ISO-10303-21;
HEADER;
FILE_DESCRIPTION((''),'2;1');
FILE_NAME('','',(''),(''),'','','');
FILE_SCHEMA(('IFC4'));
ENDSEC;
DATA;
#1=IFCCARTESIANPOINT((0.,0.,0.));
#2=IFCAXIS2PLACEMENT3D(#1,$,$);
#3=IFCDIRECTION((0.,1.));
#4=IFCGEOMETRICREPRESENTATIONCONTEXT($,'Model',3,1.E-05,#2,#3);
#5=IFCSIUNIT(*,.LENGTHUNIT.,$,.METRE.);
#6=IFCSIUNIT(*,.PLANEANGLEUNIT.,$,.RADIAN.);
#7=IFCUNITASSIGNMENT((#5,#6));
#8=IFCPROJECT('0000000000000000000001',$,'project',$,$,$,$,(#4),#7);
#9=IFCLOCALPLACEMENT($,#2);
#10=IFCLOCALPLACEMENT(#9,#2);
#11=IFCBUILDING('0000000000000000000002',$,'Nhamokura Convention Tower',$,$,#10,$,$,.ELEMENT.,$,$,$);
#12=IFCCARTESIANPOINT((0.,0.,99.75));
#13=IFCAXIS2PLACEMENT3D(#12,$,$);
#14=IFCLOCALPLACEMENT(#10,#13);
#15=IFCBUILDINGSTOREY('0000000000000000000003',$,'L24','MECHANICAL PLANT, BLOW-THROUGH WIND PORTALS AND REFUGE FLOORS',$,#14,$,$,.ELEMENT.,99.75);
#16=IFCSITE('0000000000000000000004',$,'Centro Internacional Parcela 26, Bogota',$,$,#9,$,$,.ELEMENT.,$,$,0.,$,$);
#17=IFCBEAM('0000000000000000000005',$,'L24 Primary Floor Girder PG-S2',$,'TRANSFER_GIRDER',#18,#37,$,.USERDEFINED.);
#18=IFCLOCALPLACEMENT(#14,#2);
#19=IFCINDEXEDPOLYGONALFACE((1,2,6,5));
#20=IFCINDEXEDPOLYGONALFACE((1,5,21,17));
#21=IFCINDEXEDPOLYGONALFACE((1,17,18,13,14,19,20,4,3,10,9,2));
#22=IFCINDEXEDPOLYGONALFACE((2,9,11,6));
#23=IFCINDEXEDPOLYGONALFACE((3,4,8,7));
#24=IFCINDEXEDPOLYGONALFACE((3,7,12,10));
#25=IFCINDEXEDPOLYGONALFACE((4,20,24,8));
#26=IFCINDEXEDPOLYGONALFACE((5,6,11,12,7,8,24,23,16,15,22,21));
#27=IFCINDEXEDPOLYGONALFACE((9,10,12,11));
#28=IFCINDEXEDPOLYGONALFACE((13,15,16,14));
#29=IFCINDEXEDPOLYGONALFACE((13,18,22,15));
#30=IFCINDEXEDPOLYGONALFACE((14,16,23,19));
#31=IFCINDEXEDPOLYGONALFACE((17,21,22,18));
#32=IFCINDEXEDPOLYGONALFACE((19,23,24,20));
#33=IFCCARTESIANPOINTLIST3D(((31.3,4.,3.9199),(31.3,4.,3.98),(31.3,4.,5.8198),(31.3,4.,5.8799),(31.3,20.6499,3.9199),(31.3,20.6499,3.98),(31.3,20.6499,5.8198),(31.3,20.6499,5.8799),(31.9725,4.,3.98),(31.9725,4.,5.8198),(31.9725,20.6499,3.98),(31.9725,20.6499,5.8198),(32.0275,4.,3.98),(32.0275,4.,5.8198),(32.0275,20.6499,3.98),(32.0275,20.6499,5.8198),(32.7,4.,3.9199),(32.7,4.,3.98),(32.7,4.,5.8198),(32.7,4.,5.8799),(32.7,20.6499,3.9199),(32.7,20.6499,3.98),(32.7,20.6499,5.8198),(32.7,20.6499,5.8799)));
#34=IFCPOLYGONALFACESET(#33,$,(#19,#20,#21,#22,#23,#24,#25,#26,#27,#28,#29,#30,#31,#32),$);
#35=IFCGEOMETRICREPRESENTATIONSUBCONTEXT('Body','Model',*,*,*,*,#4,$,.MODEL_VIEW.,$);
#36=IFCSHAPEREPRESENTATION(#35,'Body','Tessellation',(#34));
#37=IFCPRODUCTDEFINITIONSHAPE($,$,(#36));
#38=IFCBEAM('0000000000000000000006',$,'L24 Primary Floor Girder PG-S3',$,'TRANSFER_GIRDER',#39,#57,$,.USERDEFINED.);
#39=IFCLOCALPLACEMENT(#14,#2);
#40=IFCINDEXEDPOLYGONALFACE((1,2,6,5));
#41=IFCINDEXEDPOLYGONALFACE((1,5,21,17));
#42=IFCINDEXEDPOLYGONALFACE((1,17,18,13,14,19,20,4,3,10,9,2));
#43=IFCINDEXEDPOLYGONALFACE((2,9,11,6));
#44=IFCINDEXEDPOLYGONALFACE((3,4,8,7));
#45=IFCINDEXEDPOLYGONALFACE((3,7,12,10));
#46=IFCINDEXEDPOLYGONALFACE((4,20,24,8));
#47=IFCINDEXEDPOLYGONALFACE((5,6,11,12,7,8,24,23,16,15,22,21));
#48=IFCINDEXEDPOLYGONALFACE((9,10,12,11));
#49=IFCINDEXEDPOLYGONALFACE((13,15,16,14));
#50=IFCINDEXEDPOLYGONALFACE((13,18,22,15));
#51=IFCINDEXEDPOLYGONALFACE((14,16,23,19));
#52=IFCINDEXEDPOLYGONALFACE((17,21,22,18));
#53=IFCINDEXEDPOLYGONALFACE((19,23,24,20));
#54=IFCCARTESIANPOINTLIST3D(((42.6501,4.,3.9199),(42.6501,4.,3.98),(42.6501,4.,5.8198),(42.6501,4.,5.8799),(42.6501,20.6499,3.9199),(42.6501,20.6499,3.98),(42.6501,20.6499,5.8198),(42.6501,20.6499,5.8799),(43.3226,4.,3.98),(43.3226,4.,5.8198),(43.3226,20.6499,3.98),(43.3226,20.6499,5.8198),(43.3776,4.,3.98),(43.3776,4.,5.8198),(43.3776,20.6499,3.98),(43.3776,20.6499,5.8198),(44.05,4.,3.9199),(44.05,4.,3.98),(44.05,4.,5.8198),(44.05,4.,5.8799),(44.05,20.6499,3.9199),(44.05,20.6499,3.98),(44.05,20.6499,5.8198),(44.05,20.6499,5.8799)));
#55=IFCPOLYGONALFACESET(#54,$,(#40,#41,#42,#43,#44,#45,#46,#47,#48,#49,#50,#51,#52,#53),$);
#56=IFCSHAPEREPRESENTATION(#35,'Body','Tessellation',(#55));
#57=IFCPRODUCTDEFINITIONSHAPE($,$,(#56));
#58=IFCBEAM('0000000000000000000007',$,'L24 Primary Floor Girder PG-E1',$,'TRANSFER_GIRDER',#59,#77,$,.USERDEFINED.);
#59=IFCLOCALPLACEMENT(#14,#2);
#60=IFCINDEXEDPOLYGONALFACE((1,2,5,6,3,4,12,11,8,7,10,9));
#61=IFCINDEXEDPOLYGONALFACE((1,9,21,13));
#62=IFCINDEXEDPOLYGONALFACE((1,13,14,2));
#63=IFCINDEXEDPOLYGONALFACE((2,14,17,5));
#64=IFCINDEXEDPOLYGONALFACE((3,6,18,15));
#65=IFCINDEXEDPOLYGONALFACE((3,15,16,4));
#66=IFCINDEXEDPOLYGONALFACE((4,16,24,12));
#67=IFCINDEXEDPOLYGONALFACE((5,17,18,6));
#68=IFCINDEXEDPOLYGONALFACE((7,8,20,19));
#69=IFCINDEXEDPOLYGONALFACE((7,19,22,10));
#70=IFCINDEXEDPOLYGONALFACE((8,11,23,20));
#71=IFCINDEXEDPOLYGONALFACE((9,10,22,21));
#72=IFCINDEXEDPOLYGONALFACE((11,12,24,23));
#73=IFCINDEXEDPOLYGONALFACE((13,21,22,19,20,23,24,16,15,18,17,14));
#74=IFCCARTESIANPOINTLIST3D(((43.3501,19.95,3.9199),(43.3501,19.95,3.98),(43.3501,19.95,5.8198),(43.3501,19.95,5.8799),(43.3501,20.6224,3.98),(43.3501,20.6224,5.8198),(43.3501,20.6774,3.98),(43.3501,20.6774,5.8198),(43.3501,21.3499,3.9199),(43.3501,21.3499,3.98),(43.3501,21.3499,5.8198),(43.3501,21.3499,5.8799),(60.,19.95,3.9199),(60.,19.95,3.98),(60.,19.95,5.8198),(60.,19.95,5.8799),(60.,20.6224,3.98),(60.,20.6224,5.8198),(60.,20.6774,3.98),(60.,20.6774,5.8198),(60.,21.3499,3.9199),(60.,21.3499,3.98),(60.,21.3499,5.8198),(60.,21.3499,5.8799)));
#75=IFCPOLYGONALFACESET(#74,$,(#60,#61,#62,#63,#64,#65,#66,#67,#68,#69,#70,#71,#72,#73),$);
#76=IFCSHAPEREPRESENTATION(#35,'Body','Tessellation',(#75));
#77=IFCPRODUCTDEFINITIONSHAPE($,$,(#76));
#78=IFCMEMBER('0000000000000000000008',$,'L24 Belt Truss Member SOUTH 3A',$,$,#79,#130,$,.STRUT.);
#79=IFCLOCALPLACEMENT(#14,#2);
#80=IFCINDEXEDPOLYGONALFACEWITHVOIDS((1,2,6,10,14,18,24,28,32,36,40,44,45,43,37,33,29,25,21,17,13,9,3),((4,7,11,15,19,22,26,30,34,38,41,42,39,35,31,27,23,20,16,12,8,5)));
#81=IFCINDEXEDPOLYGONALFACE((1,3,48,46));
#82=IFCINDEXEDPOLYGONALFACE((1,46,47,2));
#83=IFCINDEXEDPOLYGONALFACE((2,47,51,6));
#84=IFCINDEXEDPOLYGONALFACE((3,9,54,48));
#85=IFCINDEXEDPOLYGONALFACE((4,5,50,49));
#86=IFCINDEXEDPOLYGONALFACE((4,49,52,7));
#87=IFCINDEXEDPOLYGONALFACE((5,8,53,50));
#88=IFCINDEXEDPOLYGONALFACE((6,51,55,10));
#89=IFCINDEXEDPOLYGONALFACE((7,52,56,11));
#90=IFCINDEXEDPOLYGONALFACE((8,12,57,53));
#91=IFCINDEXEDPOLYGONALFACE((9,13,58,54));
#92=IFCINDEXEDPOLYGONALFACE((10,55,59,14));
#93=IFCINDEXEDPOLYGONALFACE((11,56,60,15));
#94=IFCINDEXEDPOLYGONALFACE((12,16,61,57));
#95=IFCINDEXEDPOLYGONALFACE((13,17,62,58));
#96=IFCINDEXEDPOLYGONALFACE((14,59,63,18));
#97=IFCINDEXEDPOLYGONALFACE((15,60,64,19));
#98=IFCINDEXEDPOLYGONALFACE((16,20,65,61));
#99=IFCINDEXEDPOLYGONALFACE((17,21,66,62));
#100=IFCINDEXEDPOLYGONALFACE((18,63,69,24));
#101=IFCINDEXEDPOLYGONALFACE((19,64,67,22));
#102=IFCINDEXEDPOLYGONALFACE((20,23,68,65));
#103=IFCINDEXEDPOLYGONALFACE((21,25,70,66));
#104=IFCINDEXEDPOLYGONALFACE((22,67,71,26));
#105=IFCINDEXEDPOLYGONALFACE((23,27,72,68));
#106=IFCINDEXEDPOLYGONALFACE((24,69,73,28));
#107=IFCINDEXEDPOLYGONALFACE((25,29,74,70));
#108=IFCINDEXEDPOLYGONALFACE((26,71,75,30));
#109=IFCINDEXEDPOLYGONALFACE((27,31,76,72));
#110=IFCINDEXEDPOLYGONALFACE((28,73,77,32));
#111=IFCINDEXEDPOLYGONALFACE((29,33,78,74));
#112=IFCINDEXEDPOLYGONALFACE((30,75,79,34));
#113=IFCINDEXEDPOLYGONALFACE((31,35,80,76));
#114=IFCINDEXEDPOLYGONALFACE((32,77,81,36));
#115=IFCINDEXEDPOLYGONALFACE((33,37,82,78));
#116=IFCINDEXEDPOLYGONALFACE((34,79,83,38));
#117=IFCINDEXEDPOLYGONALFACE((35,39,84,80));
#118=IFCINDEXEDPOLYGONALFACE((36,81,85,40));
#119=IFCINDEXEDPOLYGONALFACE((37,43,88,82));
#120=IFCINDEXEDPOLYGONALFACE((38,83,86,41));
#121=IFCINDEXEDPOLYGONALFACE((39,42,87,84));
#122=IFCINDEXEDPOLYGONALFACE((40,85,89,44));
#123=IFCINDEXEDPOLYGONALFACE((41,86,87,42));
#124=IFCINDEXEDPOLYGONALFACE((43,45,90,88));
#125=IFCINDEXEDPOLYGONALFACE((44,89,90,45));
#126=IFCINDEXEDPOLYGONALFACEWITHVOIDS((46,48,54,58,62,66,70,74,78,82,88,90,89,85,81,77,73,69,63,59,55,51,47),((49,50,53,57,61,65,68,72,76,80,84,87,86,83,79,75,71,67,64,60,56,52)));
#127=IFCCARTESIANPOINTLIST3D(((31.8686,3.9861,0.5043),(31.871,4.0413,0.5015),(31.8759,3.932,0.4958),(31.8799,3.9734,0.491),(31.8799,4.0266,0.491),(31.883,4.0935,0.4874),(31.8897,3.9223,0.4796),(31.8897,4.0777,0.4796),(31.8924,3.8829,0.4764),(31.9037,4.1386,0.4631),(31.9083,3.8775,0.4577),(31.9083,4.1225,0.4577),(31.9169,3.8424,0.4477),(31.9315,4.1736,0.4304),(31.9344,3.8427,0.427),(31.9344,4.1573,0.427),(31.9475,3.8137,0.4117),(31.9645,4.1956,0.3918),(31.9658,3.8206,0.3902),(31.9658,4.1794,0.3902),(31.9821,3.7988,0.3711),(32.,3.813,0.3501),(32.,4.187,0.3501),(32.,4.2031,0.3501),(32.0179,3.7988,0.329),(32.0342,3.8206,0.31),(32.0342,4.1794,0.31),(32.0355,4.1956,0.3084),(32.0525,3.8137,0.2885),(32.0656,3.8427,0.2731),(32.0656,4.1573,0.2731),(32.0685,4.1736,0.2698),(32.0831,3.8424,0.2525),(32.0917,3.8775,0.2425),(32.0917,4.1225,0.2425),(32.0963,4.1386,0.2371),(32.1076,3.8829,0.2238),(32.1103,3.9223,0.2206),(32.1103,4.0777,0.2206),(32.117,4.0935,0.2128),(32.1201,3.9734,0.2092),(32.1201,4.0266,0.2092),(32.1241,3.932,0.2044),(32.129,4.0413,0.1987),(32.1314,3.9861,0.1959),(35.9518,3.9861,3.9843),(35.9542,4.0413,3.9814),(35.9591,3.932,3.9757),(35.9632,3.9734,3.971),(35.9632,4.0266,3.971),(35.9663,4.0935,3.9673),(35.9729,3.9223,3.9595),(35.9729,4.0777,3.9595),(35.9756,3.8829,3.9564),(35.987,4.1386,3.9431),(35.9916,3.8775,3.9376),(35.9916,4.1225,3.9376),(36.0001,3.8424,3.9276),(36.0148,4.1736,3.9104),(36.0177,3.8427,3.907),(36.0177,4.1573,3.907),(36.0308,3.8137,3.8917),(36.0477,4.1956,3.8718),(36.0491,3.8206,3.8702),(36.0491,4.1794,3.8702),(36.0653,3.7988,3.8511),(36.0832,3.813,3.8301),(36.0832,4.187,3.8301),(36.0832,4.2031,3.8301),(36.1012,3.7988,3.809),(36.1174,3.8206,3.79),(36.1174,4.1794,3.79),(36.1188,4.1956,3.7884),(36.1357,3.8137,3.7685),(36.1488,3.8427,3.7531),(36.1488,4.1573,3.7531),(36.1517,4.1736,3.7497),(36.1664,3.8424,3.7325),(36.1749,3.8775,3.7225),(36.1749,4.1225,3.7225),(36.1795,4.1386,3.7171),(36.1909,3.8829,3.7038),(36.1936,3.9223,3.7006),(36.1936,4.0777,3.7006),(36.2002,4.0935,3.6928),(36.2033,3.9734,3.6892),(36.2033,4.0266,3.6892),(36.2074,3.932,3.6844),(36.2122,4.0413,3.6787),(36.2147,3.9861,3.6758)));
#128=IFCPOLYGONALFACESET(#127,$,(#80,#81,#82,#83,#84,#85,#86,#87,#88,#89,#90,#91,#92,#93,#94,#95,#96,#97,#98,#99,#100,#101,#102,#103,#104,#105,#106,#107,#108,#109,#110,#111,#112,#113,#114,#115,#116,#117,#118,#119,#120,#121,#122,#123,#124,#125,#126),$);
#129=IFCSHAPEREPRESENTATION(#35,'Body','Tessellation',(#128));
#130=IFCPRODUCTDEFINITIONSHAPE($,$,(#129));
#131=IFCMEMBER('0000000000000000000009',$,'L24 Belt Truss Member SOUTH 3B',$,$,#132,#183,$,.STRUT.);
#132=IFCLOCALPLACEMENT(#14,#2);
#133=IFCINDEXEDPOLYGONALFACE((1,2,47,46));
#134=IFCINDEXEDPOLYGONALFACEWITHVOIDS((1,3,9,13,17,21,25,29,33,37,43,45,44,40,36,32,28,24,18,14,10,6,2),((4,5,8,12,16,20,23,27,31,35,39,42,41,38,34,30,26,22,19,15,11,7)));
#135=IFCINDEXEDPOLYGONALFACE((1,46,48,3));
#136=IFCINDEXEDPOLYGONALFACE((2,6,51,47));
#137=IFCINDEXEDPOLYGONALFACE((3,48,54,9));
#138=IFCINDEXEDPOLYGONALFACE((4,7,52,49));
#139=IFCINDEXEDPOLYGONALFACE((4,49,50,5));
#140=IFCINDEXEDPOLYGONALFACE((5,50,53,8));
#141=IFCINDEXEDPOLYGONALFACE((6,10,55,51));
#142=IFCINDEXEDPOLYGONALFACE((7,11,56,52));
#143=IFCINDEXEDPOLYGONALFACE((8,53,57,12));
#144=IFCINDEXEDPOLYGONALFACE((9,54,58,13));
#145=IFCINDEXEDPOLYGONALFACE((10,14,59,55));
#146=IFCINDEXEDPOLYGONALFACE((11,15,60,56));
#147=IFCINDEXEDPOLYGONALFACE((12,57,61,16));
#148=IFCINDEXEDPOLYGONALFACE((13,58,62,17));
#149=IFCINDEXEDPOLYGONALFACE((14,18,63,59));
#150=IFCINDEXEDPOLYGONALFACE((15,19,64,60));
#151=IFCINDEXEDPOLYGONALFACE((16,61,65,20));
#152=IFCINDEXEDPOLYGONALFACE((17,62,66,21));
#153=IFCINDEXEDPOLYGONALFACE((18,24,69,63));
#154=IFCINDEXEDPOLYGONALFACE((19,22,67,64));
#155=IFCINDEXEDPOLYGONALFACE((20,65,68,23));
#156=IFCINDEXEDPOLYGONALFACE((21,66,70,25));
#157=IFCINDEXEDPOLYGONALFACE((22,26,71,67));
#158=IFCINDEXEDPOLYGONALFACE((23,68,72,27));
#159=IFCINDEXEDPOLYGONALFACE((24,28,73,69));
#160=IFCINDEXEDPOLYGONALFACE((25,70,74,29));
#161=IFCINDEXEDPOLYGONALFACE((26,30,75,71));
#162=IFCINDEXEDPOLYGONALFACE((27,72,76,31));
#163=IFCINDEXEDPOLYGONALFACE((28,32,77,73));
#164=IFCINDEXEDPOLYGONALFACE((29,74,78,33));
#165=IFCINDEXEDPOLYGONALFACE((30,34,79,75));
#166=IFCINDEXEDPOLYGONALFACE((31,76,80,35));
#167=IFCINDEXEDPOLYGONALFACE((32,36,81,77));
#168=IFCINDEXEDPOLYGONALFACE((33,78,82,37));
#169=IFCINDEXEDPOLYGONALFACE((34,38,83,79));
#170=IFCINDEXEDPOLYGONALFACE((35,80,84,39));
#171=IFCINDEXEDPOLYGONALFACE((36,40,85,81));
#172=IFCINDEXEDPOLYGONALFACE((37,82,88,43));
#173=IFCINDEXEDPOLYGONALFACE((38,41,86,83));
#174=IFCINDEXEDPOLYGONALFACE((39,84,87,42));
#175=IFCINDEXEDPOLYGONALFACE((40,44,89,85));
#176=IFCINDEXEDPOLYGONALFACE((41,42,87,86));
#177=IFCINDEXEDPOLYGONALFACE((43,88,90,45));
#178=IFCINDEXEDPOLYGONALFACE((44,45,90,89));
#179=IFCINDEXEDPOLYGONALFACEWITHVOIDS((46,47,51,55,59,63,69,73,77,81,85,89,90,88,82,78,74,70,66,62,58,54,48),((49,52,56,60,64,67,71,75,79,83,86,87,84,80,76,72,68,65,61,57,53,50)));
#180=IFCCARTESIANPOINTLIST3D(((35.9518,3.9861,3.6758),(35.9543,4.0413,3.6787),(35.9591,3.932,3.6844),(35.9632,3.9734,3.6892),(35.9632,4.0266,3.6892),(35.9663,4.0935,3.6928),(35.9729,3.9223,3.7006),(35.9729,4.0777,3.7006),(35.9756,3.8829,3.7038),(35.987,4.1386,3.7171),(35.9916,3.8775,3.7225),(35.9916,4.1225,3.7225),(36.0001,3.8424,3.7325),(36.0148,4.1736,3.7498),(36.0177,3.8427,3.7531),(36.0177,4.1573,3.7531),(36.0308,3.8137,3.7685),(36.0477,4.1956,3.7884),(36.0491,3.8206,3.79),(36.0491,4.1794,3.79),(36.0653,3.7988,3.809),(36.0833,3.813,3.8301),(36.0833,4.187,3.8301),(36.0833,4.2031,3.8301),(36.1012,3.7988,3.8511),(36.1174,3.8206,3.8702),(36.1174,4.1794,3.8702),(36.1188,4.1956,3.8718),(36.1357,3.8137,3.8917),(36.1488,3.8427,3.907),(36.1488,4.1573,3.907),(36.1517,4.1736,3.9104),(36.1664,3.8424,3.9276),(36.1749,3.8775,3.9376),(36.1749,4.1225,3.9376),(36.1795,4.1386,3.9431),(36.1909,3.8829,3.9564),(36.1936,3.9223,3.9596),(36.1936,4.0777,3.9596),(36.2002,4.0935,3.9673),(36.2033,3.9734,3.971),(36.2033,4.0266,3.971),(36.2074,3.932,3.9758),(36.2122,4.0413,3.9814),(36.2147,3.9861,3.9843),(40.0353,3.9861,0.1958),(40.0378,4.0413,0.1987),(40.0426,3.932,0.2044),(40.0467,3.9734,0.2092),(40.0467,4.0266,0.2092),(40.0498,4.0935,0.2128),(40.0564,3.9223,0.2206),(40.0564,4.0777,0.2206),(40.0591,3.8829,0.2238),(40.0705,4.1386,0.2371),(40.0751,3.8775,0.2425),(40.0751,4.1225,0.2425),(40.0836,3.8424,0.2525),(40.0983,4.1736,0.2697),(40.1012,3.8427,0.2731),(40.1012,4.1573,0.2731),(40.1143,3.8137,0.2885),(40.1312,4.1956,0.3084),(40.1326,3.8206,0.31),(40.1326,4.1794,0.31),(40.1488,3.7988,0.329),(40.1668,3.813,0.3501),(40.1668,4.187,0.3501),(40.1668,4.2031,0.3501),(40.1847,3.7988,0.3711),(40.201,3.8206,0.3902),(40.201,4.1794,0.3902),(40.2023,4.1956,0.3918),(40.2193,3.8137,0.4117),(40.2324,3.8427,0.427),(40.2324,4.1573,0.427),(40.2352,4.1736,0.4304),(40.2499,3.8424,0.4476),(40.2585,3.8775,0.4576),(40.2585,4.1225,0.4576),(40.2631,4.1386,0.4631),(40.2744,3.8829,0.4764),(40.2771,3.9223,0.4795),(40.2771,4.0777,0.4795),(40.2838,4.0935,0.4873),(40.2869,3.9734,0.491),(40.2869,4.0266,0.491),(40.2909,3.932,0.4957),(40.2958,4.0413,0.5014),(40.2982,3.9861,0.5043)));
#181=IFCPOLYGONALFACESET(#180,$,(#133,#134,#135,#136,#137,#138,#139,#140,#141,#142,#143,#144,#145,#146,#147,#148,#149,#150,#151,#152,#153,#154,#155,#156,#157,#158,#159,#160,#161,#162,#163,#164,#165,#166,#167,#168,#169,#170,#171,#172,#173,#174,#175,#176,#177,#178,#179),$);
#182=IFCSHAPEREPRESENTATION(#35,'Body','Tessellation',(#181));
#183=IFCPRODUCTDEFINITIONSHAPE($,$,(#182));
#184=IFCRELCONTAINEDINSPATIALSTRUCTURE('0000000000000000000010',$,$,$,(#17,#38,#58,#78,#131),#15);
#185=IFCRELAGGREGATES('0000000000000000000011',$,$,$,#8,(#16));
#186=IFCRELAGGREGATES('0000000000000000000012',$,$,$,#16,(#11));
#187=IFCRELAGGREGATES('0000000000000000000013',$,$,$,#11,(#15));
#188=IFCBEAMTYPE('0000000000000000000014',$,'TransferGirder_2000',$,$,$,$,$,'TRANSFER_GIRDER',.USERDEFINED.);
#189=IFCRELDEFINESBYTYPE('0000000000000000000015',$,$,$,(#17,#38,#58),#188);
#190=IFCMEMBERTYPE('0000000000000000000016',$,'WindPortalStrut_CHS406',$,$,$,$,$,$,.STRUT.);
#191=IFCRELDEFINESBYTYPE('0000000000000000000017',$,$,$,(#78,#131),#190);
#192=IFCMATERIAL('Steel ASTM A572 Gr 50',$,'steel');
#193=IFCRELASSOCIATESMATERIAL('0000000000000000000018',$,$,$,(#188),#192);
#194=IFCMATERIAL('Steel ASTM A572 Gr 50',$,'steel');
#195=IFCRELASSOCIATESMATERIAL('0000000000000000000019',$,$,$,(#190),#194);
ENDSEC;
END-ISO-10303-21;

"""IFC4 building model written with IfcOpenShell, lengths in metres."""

from ifc_helpers import new_model, si_unit, direction, frame, origin, origin_2d, place, context, subcontext, project, spatial, hollow_circle, i_section, extrude, material, material_profile, profile_set, type_object, element, save


model = new_model("IFC4")

# Units and contexts
model_context = context("Model", 3, precision=1e-05, world=origin(), true_north=direction((0.0, 1.0)))
body_context = subcontext(model_context, "Body", "Model", "MODEL_VIEW")
ifc_project = project(units=[si_unit("LENGTHUNIT", "METRE"), si_unit("PLANEANGLEUNIT", "RADIAN")], contexts=[model_context])

# Site, building, storey
site_placement = place(None, origin())
site = spatial("IfcSite", under=ifc_project, at=site_placement, Name="Centro Internacional Parcela 26, Bogota", CompositionType="ELEMENT", RefElevation=0.0)
building_placement = place(site_placement, origin())
building = spatial("IfcBuilding", under=site, at=building_placement, Name="Nhamokura Convention Tower", CompositionType="ELEMENT")
storey_placement = place(building_placement, frame((0.0, 0.0, 99.75)))
storey = spatial("IfcBuildingStorey", under=building, at=storey_placement, Name="L24", Description="MECHANICAL PLANT, BLOW-THROUGH WIND PORTALS AND REFUGE FLOORS", CompositionType="ELEMENT", Elevation=99.75)

# Beams
ifc_material_1 = material(Name="Steel ASTM A572 Gr 50", Category="steel")
ifc_material_profile_1 = material_profile(ifc_material_1, i_section(OverallWidth=1.3999, OverallDepth=1.96, WebThickness=0.0549, FlangeThickness=0.0601, at=origin_2d()))
ifc_profile_set_1 = profile_set([ifc_material_profile_1], Name="Steel ASTM A572 Gr 50")
beam_type_1 = type_object("IfcBeamType", Name="TransferGirder_2000", ElementType="TRANSFER_GIRDER", PredefinedType="USERDEFINED", material=ifc_profile_set_1)
for number, where, z_axis, x_axis, name in (
    (1, (32.0, 4.0, 4.8999), (0.0, 1.0, 0.0), (-1.0, 0.0, 0.0), "L24 Primary Floor Girder PG-S2"),
    (2, (43.3501, 4.0, 4.8999), (0.0, 1.0, 0.0), (-1.0, 0.0, 0.0), "L24 Primary Floor Girder PG-S3"),
    (3, (43.3501, 20.6499, 4.8999), (1.0, 0.0, 0.0), (0.0, 1.0, 0.0), "L24 Primary Floor Girder PG-E1"),
):
    element("IfcBeam", number, at=place(storey_placement, frame(where, z_axis=z_axis, x_axis=x_axis)), inside=storey, type_object=beam_type_1, Name=name, ObjectType="TRANSFER_GIRDER", PredefinedType="USERDEFINED", context=body_context, shape_type="SweptSolid", body=[
        extrude(i_section(OverallWidth=1.3999, OverallDepth=1.96, WebThickness=0.0549, FlangeThickness=0.0601, at=origin_2d()), origin(), (0.0, 0.0, 1.0), 16.6499),
    ])

# Members
ifc_material_2 = material(Name="Steel ASTM A572 Gr 50", Category="steel")
ifc_material_profile_2 = material_profile(ifc_material_2, hollow_circle(Radius=0.2031, WallThickness=0.0161, at=origin_2d()))
ifc_profile_set_2 = profile_set([ifc_material_profile_2], Name="Steel ASTM A572 Gr 50")
member_type = type_object("IfcMemberType", Name="WindPortalStrut_CHS406", PredefinedType="STRUT", material=ifc_profile_set_2)
member_1_placement = place(storey_placement, frame((32.0, 4.0, 0.3501), z_axis=(0.761091, 0.0, 0.648645), x_axis=(0.0, 1.0, 0.0)))
element("IfcMember", 4, at=member_1_placement, inside=storey, type_object=member_type, Name="L24 Belt Truss Member SOUTH 3A", PredefinedType="STRUT", context=body_context, shape_type="SweptSolid", body=[
    extrude(hollow_circle(Radius=0.2031, WallThickness=0.0161, at=origin_2d()), origin(), (0.0, 0.0, 1.0), 5.365),
])
member_2_placement = place(storey_placement, frame((36.0833, 4.0, 3.8301), z_axis=(0.76111, 0.0, -0.648623), x_axis=(0.0, 1.0, 0.0)))
element("IfcMember", 5, at=member_2_placement, inside=storey, type_object=member_type, Name="L24 Belt Truss Member SOUTH 3B", PredefinedType="STRUT", context=body_context, shape_type="SweptSolid", body=[
    extrude(hollow_circle(Radius=0.2031, WallThickness=0.0161, at=origin_2d()), origin(), (0.0, 0.0, 1.0), 5.3652),
])

save(model, "model.ifc")
